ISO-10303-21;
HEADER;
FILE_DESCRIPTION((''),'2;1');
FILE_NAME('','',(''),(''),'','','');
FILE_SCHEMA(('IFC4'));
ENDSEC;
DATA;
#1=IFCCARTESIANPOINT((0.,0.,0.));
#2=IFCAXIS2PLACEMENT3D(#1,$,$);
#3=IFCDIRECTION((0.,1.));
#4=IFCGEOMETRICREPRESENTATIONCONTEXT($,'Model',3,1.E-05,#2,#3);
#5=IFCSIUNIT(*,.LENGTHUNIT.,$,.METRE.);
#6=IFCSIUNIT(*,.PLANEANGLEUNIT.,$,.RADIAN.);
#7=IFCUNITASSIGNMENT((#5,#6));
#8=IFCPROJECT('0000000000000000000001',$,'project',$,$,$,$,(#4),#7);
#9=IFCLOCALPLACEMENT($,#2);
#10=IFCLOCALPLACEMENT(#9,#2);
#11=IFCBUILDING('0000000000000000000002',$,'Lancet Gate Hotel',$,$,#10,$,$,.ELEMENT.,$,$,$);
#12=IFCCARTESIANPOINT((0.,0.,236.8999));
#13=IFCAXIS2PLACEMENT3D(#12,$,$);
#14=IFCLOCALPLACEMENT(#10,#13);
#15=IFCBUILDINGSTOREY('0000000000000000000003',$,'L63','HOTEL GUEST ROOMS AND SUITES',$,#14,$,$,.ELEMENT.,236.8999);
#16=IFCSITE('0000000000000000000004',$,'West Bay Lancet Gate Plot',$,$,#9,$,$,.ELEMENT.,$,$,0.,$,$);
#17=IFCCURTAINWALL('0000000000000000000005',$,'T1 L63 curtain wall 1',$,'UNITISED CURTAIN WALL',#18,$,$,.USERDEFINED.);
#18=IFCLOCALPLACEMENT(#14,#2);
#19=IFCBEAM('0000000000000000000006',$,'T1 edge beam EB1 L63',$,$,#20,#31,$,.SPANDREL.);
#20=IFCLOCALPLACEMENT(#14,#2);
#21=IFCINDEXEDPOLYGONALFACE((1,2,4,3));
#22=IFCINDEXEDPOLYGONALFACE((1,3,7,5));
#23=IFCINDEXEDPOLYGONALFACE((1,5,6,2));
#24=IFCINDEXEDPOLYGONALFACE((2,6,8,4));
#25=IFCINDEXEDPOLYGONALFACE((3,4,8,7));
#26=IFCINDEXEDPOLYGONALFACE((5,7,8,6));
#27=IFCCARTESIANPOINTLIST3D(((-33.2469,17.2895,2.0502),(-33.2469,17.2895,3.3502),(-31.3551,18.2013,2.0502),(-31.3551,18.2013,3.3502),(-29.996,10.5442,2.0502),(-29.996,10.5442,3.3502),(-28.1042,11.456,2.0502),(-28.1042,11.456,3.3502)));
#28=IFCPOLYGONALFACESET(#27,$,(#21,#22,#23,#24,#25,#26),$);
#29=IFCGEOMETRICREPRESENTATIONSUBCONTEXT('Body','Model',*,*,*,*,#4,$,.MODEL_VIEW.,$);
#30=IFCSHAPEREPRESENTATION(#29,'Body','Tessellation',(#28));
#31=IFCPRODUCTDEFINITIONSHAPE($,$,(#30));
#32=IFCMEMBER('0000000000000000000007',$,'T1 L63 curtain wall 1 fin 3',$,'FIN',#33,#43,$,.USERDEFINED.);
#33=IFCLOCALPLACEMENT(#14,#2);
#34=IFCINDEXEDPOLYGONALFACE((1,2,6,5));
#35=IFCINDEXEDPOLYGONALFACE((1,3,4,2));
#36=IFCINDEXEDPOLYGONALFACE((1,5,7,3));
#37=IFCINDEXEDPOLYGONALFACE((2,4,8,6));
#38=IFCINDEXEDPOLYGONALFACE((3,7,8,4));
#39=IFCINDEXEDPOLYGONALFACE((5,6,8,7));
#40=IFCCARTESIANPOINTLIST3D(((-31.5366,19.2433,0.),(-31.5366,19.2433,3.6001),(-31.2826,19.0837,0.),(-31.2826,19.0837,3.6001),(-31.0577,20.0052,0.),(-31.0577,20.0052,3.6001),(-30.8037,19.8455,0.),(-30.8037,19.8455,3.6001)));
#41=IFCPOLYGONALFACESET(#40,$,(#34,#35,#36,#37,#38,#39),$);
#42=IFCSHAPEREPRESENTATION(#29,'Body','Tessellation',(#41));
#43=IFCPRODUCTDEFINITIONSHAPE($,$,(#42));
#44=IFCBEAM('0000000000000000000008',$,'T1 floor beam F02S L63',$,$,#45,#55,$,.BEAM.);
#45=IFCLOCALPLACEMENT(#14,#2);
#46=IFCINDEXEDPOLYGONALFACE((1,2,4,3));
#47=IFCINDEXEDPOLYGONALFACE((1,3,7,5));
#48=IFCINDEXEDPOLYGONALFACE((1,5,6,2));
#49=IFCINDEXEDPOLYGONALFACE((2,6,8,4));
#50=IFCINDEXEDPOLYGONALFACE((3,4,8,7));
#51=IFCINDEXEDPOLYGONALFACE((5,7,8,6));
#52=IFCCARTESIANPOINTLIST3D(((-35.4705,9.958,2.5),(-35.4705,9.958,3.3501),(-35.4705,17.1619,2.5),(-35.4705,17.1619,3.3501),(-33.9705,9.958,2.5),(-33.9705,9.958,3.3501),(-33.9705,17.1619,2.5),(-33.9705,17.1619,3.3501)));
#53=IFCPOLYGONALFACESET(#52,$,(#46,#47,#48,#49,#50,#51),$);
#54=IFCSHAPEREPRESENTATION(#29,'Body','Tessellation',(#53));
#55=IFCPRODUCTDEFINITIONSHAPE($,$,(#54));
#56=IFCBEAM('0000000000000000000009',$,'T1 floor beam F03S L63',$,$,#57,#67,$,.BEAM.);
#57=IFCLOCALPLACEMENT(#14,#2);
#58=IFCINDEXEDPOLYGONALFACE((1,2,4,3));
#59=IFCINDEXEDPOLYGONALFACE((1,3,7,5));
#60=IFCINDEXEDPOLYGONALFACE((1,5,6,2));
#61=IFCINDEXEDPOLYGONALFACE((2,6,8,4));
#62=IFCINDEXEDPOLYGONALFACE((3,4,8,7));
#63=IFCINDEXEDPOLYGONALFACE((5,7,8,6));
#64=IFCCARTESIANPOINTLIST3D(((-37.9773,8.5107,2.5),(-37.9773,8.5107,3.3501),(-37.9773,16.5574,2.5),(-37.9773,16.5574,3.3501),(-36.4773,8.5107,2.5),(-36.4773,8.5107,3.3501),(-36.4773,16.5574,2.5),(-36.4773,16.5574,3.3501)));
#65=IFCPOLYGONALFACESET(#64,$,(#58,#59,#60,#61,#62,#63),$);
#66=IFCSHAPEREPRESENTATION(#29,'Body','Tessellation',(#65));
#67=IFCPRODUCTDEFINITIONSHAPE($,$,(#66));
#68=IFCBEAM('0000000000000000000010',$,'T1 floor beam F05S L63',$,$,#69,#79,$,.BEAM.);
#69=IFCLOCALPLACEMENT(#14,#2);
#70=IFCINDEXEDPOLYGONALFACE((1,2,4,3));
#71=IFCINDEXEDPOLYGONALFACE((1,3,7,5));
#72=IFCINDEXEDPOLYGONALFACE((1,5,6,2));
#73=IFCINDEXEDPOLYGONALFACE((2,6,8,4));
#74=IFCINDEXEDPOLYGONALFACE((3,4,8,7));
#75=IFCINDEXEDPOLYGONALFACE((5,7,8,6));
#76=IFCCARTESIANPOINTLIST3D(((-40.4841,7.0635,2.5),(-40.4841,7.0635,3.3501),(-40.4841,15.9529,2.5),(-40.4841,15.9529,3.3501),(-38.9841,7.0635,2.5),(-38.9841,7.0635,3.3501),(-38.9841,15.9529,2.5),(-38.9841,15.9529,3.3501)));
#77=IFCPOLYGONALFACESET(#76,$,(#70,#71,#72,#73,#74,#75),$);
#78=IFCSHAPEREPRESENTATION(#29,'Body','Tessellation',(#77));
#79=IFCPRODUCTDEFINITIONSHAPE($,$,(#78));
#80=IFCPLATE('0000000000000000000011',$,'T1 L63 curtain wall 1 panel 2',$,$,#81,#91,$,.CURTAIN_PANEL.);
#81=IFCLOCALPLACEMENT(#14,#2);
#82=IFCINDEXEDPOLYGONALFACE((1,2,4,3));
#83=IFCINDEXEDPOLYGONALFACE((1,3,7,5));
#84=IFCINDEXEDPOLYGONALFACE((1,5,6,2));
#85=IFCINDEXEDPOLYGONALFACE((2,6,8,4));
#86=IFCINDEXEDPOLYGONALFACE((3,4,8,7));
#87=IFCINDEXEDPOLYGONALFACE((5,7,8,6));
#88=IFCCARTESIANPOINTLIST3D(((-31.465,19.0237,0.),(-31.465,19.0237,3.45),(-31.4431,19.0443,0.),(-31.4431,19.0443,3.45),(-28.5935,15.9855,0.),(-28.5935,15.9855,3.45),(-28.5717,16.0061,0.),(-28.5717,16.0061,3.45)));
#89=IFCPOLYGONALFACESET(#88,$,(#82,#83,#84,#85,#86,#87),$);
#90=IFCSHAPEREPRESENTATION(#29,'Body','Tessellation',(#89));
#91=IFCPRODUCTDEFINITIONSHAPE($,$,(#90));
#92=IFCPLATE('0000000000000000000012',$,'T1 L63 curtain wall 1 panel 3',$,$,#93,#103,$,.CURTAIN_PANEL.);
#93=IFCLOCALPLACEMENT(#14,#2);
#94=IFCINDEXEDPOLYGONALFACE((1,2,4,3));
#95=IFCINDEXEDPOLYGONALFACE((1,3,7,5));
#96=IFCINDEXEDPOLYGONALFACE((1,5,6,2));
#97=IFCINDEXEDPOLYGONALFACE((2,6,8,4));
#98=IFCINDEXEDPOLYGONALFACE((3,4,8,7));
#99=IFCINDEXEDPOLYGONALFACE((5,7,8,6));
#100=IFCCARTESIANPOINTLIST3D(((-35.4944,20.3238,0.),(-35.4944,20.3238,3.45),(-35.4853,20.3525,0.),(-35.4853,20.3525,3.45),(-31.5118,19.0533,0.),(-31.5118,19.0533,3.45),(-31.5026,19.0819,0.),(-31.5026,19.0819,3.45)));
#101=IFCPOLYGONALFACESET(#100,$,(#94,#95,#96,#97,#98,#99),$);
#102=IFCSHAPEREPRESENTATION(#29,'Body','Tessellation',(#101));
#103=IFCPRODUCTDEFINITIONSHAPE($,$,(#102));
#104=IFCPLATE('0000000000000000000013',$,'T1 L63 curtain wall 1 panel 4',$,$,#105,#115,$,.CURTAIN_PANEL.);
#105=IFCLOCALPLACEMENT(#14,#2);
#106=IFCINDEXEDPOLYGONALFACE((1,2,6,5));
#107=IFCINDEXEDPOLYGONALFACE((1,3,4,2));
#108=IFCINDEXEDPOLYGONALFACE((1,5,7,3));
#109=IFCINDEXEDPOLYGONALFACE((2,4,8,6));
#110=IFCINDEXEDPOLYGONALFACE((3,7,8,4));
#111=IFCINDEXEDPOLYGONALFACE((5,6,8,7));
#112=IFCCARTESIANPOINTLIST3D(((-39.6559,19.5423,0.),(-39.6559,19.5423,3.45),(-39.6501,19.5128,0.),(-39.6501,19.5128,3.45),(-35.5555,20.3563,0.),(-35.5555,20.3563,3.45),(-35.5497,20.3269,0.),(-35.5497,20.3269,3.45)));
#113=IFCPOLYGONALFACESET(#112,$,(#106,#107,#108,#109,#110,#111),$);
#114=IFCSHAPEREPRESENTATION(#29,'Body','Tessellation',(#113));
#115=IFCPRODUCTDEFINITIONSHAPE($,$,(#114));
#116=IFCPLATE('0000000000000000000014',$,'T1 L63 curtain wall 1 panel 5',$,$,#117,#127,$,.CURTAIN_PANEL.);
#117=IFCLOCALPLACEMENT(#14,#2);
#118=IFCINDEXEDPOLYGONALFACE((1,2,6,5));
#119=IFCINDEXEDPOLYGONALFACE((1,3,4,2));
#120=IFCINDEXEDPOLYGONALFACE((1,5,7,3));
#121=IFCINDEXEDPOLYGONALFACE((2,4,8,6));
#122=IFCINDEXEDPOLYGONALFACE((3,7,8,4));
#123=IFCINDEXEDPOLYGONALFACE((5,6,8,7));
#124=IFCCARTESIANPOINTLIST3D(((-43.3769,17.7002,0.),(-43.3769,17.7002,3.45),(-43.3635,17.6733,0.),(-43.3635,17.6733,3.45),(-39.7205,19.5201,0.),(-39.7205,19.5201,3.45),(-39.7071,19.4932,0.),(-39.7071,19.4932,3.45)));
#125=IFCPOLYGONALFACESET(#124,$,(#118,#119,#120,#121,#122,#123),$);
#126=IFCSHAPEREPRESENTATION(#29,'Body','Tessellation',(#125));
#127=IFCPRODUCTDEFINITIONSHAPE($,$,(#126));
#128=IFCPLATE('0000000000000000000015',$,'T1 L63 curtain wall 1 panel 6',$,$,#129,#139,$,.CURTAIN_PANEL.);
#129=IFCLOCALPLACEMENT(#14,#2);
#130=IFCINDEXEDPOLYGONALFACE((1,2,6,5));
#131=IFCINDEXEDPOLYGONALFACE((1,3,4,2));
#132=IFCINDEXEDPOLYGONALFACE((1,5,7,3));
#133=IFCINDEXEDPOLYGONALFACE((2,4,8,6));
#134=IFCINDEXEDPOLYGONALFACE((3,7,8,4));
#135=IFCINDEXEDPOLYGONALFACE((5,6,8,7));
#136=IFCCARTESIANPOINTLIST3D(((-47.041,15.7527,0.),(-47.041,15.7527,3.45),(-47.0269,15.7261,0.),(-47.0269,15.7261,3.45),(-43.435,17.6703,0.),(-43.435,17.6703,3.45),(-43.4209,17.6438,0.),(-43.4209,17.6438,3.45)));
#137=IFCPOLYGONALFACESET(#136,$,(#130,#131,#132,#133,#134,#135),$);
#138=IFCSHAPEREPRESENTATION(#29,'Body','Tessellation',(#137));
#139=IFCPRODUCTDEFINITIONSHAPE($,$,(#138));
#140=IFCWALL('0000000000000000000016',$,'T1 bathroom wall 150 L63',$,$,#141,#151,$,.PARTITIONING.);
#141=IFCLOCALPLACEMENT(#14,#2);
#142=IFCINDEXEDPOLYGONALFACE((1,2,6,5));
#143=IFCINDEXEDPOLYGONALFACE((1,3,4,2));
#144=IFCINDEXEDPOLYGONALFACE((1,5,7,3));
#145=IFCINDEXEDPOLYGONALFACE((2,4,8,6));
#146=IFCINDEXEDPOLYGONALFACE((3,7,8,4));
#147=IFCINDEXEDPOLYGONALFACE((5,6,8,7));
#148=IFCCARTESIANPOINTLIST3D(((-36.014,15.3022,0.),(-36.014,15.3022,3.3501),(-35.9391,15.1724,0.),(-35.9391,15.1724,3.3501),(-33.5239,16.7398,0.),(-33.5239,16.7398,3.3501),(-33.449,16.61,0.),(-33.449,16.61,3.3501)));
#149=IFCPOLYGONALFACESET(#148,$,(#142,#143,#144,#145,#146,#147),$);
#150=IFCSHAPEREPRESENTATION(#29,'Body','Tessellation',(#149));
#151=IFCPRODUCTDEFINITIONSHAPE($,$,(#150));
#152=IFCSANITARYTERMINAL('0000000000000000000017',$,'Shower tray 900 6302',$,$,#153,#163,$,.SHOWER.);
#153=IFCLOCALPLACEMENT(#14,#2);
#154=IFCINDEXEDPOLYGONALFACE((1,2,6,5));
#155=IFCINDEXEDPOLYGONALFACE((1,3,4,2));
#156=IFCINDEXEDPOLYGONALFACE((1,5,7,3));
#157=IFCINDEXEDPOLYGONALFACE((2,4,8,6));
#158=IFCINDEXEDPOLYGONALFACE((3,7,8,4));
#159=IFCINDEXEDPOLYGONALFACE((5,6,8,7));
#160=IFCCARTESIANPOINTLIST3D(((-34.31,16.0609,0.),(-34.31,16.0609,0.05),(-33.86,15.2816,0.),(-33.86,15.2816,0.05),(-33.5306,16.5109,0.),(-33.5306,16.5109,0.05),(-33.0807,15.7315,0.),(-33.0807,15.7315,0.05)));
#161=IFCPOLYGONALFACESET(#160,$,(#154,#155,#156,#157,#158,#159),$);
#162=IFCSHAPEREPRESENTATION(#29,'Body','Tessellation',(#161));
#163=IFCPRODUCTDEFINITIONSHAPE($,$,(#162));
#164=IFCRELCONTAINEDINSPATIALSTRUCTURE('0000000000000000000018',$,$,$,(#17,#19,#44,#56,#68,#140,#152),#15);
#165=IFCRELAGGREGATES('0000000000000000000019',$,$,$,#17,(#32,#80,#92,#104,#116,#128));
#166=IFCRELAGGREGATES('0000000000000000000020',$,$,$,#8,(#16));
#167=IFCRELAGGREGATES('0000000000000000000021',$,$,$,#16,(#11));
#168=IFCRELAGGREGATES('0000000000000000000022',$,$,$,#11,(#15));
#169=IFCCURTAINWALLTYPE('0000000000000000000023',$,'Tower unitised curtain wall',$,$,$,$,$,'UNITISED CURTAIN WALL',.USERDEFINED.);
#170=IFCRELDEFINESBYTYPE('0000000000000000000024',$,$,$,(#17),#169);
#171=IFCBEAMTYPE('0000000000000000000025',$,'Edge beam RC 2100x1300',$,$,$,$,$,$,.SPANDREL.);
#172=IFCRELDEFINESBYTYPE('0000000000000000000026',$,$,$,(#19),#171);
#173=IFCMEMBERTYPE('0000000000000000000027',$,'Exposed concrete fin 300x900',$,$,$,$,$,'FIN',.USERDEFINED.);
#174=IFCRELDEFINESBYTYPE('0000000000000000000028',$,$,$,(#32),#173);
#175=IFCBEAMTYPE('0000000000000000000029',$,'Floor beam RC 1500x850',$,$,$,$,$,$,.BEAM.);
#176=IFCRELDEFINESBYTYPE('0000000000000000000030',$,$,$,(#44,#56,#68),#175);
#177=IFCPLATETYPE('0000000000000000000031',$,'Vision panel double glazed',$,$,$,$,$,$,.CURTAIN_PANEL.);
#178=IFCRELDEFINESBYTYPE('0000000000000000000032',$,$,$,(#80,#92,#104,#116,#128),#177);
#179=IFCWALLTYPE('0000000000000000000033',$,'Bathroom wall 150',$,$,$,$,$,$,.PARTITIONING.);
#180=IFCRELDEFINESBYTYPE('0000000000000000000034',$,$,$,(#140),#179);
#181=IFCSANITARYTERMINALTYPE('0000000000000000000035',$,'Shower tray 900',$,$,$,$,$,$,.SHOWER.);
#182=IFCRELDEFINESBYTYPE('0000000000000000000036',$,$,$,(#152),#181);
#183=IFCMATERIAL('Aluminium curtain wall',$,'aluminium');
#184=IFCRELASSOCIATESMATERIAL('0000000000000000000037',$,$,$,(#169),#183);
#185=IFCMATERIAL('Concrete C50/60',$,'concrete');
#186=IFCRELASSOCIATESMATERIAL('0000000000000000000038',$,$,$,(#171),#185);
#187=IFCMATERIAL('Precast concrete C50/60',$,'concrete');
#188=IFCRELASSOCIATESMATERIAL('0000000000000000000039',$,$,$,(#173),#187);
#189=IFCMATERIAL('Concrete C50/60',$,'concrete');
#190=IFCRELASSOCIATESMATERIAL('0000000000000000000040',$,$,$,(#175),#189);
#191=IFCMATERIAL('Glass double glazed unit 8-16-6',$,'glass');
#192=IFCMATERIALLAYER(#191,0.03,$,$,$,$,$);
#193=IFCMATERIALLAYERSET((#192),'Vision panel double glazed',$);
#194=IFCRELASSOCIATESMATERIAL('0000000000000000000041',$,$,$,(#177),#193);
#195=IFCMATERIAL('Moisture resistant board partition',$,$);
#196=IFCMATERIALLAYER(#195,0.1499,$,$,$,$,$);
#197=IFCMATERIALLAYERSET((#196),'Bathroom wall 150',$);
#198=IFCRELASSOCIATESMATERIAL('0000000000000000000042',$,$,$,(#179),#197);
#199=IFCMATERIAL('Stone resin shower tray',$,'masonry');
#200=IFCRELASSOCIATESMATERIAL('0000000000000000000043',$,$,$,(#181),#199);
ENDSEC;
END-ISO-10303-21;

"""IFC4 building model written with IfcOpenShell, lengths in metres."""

from ifc_helpers import new_model, si_unit, direction, frame, frame_2d, origin, origin_2d, place, context, subcontext, project, spatial, rectangle, extrude, material, layer, layer_set, material_profile, profile_set, type_object, element, aggregate, save


model = new_model("IFC4")

# Units and contexts
model_context = context("Model", 3, precision=1e-05, world=origin(), true_north=direction((0.0, 1.0)))
body_context = subcontext(model_context, "Body", "Model", "MODEL_VIEW")
ifc_project = project(units=[si_unit("LENGTHUNIT", "METRE"), si_unit("PLANEANGLEUNIT", "RADIAN")], contexts=[model_context])

# Site, building, storey
site_placement = place(None, origin())
site = spatial("IfcSite", under=ifc_project, at=site_placement, Name="West Bay Lancet Gate Plot", CompositionType="ELEMENT", RefElevation=0.0)
building_placement = place(site_placement, origin())
building = spatial("IfcBuilding", under=site, at=building_placement, Name="Lancet Gate Hotel", CompositionType="ELEMENT")
storey_placement = place(building_placement, frame((0.0, 0.0, 236.8999)))
storey = spatial("IfcBuildingStorey", under=building, at=storey_placement, Name="L63", Description="HOTEL GUEST ROOMS AND SUITES", CompositionType="ELEMENT", Elevation=236.8999)

# Curtain wall
ifc_material_1 = material(Name="Aluminium curtain wall", Category="aluminium")
curtain_wall_type = type_object("IfcCurtainWallType", Name="Tower unitised curtain wall", ElementType="UNITISED CURTAIN WALL", PredefinedType="USERDEFINED", material=ifc_material_1)
curtain_wall_placement = place(storey_placement, origin())
curtain_wall = element("IfcCurtainWall", 1, at=curtain_wall_placement, inside=storey, type_object=curtain_wall_type, Name="T1 L63 curtain wall 1", ObjectType="UNITISED CURTAIN WALL", PredefinedType="USERDEFINED")

# Beam
ifc_material_2 = material(Name="Concrete C50/60", Category="concrete")
ifc_material_profile_1 = material_profile(ifc_material_2, rectangle(XDim=2.1001, YDim=1.3, at=origin_2d()), Name="RC 2100x1300")
ifc_profile_set_1 = profile_set([ifc_material_profile_1], Name="Concrete C50/60")
beam_type_1 = type_object("IfcBeamType", Name="Edge beam RC 2100x1300", PredefinedType="SPANDREL", material=ifc_profile_set_1)
beam_1_placement = place(storey_placement, frame((-32.301, 17.7454, 2.7002), z_axis=(0.434164, -0.900834, 0.0), x_axis=(0.900834, 0.434164, 0.0)))
element("IfcBeam", 2, at=beam_1_placement, inside=storey, type_object=beam_type_1, Name="T1 edge beam EB1 L63", PredefinedType="SPANDREL", context=body_context, shape_type="SweptSolid", body=[
    extrude(rectangle(XDim=2.1001, YDim=1.3, at=origin_2d()), origin(), (0.0, 0.0, 1.0), 7.4878),
])

# Member
ifc_material_3 = material(Name="Precast concrete C50/60", Category="concrete")
ifc_material_profile_2 = material_profile(ifc_material_3, rectangle(XDim=0.3, YDim=0.8999, at=origin_2d()), Name="FIN 300x900")
ifc_profile_set_2 = profile_set([ifc_material_profile_2], Name="Precast concrete C50/60")
member_type_1 = type_object("IfcMemberType", Name="Exposed concrete fin 300x900", ElementType="FIN", PredefinedType="USERDEFINED", material=ifc_profile_set_2)
member_1_placement = place(storey_placement, frame((-31.1702, 19.5444, 0.0), z_axis=(0.0, 0.0, 1.0), x_axis=(-0.846613, 0.532209, 0.0)))
member_1 = element("IfcMember", 3, at=member_1_placement, type_object=member_type_1, Name="T1 L63 curtain wall 1 fin 3", ObjectType="FIN", PredefinedType="USERDEFINED", context=body_context, shape_type="SweptSolid", body=[
    extrude(rectangle(XDim=0.3, YDim=0.8999, at=origin_2d()), origin(), (0.0, 0.0, 1.0), 3.6001),
])

# Beams
ifc_material_4 = material(Name="Concrete C50/60", Category="concrete")
ifc_material_profile_3 = material_profile(ifc_material_4, rectangle(XDim=1.5, YDim=0.8501, at=origin_2d()), Name="RC 1500x850")
ifc_profile_set_3 = profile_set([ifc_material_profile_3], Name="Concrete C50/60")
beam_type_2 = type_object("IfcBeamType", Name="Floor beam RC 1500x850", PredefinedType="BEAM", material=ifc_profile_set_3)
beam_2_placement = place(storey_placement, frame((-34.7205, 17.1619, 2.925), z_axis=(0.0, -1.0, 0.0), x_axis=(1.0, 0.0, 0.0)))
element("IfcBeam", 4, at=beam_2_placement, inside=storey, type_object=beam_type_2, Name="T1 floor beam F02S L63", PredefinedType="BEAM", context=body_context, shape_type="SweptSolid", body=[
    extrude(rectangle(XDim=1.5, YDim=0.8501, at=origin_2d()), origin(), (0.0, 0.0, 1.0), 7.2039),
])
beam_3_placement = place(storey_placement, frame((-37.2273, 16.5574, 2.925), z_axis=(0.0, -1.0, 0.0), x_axis=(1.0, 0.0, 0.0)))
element("IfcBeam", 5, at=beam_3_placement, inside=storey, type_object=beam_type_2, Name="T1 floor beam F03S L63", PredefinedType="BEAM", context=body_context, shape_type="SweptSolid", body=[
    extrude(rectangle(XDim=1.5, YDim=0.8501, at=origin_2d()), origin(), (0.0, 0.0, 1.0), 8.0466),
])
beam_4_placement = place(storey_placement, frame((-39.7341, 15.9529, 2.925), z_axis=(0.0, -1.0, 0.0), x_axis=(1.0, 0.0, 0.0)))
element("IfcBeam", 6, at=beam_4_placement, inside=storey, type_object=beam_type_2, Name="T1 floor beam F05S L63", PredefinedType="BEAM", context=body_context, shape_type="SweptSolid", body=[
    extrude(rectangle(XDim=1.5, YDim=0.8501, at=origin_2d()), origin(), (0.0, 0.0, 1.0), 8.8894),
])

# Plates
ifc_material_5 = material(Name="Glass double glazed unit 8-16-6", Category="glass")
ifc_layer_1 = layer(ifc_material_5, 0.03)
ifc_layer_set_1 = layer_set([ifc_layer_1], Name="Vision panel double glazed")
plate_type = type_object("IfcPlateType", Name="Vision panel double glazed", PredefinedType="CURTAIN_PANEL", material=ifc_layer_set_1)
plate_1_placement = place(storey_placement, frame((-30.0183, 17.5149, 0.0), z_axis=(0.0, 0.0, 1.0), x_axis=(-0.686883, 0.726768, 0.0)))
plate_1 = element("IfcPlate", 7, at=plate_1_placement, type_object=plate_type, Name="T1 L63 curtain wall 1 panel 2", PredefinedType="CURTAIN_PANEL", context=body_context, shape_type="SweptSolid", body=[
    extrude(rectangle(XDim=4.1804, YDim=0.03, at=origin_2d()), origin(), (0.0, 0.0, 1.0), 3.45),
])
plate_2_placement = place(storey_placement, frame((-33.4985, 19.7029, 0.0), z_axis=(0.0, 0.0, 1.0), x_axis=(-0.952696, 0.303926, 0.0)))
plate_2 = element("IfcPlate", 8, at=plate_2_placement, type_object=plate_type, Name="T1 L63 curtain wall 1 panel 3", PredefinedType="CURTAIN_PANEL", context=body_context, shape_type="SweptSolid", body=[
    extrude(rectangle(XDim=4.1804, YDim=0.03, at=origin_2d()), origin(), (0.0, 0.0, 1.0), 3.45),
])
plate_3_placement = place(storey_placement, frame((-37.6028, 19.9346, 0.0), z_axis=(0.0, 0.0, 1.0), x_axis=(-0.980857, -0.194731, 0.0)))
plate_3 = element("IfcPlate", 9, at=plate_3_placement, type_object=plate_type, Name="T1 L63 curtain wall 1 panel 4", PredefinedType="CURTAIN_PANEL", context=body_context, shape_type="SweptSolid", body=[
    extrude(rectangle(XDim=4.1804, YDim=0.03, at=origin_2d()), origin(), (0.0, 0.0, 1.0), 3.45),
])
plate_4_placement = place(storey_placement, frame((-41.542, 18.5967, 0.0), z_axis=(0.0, 0.0, 1.0), x_axis=(-0.895234, -0.445596, 0.0)))
plate_4 = element("IfcPlate", 10, at=plate_4_placement, type_object=plate_type, Name="T1 L63 curtain wall 1 panel 5", PredefinedType="CURTAIN_PANEL", context=body_context, shape_type="SweptSolid", body=[
    extrude(rectangle(XDim=4.0842, YDim=0.03, at=origin_2d()), origin(), (0.0, 0.0, 1.0), 3.45),
])
plate_5_placement = place(storey_placement, frame((-45.231, 16.6982, 0.0), z_axis=(0.0, 0.0, 1.0), x_axis=(-0.882916, -0.469531, 0.0)))
plate_5 = element("IfcPlate", 11, at=plate_5_placement, type_object=plate_type, Name="T1 L63 curtain wall 1 panel 6", PredefinedType="CURTAIN_PANEL", context=body_context, shape_type="SweptSolid", body=[
    extrude(rectangle(XDim=4.0842, YDim=0.03, at=origin_2d()), origin(), (0.0, 0.0, 1.0), 3.45),
])
aggregate(curtain_wall, [member_1, plate_1, plate_2, plate_3, plate_4, plate_5])

# Wall
ifc_material_6 = material(Name="Moisture resistant board partition")
ifc_layer_2 = layer(ifc_material_6, 0.1499)
ifc_layer_set_2 = layer_set([ifc_layer_2], Name="Bathroom wall 150")
wall_type = type_object("IfcWallType", Name="Bathroom wall 150", PredefinedType="PARTITIONING", material=ifc_layer_set_2)
wall_placement = place(storey_placement, frame((-33.4866, 16.6748, 0.0), z_axis=(0.0, 0.0, 1.0), x_axis=(-0.86604, -0.499975, 0.0)))
element("IfcWall", 12, at=wall_placement, inside=storey, type_object=wall_type, Name="T1 bathroom wall 150 L63", PredefinedType="PARTITIONING", context=body_context, shape_type="SweptSolid", body=[
    extrude(rectangle(XDim=2.8752, YDim=0.1499, at=frame_2d((1.4375, 0.0))), origin(), (0.0, 0.0, 1.0), 3.3501),
])

# Sanitary terminal
ifc_material_7 = material(Name="Stone resin shower tray", Category="masonry")
sanitary_terminal_type = type_object("IfcSanitaryTerminalType", Name="Shower tray 900", PredefinedType="SHOWER", material=ifc_material_7)
sanitary_terminal_placement = place(storey_placement, frame((-33.6953, 15.8962, 0.0), z_axis=(0.0, 0.0, 1.0), x_axis=(0.866025, 0.5, 0.0)))
element("IfcSanitaryTerminal", 13, at=sanitary_terminal_placement, inside=storey, type_object=sanitary_terminal_type, Name="Shower tray 900 6302", PredefinedType="SHOWER", context=body_context, shape_type="SweptSolid", body=[
    extrude(rectangle(XDim=0.8999, YDim=0.8999, at=origin_2d()), origin(), (0.0, 0.0, 1.0), 0.05),
])

save(model, "model.ifc")
